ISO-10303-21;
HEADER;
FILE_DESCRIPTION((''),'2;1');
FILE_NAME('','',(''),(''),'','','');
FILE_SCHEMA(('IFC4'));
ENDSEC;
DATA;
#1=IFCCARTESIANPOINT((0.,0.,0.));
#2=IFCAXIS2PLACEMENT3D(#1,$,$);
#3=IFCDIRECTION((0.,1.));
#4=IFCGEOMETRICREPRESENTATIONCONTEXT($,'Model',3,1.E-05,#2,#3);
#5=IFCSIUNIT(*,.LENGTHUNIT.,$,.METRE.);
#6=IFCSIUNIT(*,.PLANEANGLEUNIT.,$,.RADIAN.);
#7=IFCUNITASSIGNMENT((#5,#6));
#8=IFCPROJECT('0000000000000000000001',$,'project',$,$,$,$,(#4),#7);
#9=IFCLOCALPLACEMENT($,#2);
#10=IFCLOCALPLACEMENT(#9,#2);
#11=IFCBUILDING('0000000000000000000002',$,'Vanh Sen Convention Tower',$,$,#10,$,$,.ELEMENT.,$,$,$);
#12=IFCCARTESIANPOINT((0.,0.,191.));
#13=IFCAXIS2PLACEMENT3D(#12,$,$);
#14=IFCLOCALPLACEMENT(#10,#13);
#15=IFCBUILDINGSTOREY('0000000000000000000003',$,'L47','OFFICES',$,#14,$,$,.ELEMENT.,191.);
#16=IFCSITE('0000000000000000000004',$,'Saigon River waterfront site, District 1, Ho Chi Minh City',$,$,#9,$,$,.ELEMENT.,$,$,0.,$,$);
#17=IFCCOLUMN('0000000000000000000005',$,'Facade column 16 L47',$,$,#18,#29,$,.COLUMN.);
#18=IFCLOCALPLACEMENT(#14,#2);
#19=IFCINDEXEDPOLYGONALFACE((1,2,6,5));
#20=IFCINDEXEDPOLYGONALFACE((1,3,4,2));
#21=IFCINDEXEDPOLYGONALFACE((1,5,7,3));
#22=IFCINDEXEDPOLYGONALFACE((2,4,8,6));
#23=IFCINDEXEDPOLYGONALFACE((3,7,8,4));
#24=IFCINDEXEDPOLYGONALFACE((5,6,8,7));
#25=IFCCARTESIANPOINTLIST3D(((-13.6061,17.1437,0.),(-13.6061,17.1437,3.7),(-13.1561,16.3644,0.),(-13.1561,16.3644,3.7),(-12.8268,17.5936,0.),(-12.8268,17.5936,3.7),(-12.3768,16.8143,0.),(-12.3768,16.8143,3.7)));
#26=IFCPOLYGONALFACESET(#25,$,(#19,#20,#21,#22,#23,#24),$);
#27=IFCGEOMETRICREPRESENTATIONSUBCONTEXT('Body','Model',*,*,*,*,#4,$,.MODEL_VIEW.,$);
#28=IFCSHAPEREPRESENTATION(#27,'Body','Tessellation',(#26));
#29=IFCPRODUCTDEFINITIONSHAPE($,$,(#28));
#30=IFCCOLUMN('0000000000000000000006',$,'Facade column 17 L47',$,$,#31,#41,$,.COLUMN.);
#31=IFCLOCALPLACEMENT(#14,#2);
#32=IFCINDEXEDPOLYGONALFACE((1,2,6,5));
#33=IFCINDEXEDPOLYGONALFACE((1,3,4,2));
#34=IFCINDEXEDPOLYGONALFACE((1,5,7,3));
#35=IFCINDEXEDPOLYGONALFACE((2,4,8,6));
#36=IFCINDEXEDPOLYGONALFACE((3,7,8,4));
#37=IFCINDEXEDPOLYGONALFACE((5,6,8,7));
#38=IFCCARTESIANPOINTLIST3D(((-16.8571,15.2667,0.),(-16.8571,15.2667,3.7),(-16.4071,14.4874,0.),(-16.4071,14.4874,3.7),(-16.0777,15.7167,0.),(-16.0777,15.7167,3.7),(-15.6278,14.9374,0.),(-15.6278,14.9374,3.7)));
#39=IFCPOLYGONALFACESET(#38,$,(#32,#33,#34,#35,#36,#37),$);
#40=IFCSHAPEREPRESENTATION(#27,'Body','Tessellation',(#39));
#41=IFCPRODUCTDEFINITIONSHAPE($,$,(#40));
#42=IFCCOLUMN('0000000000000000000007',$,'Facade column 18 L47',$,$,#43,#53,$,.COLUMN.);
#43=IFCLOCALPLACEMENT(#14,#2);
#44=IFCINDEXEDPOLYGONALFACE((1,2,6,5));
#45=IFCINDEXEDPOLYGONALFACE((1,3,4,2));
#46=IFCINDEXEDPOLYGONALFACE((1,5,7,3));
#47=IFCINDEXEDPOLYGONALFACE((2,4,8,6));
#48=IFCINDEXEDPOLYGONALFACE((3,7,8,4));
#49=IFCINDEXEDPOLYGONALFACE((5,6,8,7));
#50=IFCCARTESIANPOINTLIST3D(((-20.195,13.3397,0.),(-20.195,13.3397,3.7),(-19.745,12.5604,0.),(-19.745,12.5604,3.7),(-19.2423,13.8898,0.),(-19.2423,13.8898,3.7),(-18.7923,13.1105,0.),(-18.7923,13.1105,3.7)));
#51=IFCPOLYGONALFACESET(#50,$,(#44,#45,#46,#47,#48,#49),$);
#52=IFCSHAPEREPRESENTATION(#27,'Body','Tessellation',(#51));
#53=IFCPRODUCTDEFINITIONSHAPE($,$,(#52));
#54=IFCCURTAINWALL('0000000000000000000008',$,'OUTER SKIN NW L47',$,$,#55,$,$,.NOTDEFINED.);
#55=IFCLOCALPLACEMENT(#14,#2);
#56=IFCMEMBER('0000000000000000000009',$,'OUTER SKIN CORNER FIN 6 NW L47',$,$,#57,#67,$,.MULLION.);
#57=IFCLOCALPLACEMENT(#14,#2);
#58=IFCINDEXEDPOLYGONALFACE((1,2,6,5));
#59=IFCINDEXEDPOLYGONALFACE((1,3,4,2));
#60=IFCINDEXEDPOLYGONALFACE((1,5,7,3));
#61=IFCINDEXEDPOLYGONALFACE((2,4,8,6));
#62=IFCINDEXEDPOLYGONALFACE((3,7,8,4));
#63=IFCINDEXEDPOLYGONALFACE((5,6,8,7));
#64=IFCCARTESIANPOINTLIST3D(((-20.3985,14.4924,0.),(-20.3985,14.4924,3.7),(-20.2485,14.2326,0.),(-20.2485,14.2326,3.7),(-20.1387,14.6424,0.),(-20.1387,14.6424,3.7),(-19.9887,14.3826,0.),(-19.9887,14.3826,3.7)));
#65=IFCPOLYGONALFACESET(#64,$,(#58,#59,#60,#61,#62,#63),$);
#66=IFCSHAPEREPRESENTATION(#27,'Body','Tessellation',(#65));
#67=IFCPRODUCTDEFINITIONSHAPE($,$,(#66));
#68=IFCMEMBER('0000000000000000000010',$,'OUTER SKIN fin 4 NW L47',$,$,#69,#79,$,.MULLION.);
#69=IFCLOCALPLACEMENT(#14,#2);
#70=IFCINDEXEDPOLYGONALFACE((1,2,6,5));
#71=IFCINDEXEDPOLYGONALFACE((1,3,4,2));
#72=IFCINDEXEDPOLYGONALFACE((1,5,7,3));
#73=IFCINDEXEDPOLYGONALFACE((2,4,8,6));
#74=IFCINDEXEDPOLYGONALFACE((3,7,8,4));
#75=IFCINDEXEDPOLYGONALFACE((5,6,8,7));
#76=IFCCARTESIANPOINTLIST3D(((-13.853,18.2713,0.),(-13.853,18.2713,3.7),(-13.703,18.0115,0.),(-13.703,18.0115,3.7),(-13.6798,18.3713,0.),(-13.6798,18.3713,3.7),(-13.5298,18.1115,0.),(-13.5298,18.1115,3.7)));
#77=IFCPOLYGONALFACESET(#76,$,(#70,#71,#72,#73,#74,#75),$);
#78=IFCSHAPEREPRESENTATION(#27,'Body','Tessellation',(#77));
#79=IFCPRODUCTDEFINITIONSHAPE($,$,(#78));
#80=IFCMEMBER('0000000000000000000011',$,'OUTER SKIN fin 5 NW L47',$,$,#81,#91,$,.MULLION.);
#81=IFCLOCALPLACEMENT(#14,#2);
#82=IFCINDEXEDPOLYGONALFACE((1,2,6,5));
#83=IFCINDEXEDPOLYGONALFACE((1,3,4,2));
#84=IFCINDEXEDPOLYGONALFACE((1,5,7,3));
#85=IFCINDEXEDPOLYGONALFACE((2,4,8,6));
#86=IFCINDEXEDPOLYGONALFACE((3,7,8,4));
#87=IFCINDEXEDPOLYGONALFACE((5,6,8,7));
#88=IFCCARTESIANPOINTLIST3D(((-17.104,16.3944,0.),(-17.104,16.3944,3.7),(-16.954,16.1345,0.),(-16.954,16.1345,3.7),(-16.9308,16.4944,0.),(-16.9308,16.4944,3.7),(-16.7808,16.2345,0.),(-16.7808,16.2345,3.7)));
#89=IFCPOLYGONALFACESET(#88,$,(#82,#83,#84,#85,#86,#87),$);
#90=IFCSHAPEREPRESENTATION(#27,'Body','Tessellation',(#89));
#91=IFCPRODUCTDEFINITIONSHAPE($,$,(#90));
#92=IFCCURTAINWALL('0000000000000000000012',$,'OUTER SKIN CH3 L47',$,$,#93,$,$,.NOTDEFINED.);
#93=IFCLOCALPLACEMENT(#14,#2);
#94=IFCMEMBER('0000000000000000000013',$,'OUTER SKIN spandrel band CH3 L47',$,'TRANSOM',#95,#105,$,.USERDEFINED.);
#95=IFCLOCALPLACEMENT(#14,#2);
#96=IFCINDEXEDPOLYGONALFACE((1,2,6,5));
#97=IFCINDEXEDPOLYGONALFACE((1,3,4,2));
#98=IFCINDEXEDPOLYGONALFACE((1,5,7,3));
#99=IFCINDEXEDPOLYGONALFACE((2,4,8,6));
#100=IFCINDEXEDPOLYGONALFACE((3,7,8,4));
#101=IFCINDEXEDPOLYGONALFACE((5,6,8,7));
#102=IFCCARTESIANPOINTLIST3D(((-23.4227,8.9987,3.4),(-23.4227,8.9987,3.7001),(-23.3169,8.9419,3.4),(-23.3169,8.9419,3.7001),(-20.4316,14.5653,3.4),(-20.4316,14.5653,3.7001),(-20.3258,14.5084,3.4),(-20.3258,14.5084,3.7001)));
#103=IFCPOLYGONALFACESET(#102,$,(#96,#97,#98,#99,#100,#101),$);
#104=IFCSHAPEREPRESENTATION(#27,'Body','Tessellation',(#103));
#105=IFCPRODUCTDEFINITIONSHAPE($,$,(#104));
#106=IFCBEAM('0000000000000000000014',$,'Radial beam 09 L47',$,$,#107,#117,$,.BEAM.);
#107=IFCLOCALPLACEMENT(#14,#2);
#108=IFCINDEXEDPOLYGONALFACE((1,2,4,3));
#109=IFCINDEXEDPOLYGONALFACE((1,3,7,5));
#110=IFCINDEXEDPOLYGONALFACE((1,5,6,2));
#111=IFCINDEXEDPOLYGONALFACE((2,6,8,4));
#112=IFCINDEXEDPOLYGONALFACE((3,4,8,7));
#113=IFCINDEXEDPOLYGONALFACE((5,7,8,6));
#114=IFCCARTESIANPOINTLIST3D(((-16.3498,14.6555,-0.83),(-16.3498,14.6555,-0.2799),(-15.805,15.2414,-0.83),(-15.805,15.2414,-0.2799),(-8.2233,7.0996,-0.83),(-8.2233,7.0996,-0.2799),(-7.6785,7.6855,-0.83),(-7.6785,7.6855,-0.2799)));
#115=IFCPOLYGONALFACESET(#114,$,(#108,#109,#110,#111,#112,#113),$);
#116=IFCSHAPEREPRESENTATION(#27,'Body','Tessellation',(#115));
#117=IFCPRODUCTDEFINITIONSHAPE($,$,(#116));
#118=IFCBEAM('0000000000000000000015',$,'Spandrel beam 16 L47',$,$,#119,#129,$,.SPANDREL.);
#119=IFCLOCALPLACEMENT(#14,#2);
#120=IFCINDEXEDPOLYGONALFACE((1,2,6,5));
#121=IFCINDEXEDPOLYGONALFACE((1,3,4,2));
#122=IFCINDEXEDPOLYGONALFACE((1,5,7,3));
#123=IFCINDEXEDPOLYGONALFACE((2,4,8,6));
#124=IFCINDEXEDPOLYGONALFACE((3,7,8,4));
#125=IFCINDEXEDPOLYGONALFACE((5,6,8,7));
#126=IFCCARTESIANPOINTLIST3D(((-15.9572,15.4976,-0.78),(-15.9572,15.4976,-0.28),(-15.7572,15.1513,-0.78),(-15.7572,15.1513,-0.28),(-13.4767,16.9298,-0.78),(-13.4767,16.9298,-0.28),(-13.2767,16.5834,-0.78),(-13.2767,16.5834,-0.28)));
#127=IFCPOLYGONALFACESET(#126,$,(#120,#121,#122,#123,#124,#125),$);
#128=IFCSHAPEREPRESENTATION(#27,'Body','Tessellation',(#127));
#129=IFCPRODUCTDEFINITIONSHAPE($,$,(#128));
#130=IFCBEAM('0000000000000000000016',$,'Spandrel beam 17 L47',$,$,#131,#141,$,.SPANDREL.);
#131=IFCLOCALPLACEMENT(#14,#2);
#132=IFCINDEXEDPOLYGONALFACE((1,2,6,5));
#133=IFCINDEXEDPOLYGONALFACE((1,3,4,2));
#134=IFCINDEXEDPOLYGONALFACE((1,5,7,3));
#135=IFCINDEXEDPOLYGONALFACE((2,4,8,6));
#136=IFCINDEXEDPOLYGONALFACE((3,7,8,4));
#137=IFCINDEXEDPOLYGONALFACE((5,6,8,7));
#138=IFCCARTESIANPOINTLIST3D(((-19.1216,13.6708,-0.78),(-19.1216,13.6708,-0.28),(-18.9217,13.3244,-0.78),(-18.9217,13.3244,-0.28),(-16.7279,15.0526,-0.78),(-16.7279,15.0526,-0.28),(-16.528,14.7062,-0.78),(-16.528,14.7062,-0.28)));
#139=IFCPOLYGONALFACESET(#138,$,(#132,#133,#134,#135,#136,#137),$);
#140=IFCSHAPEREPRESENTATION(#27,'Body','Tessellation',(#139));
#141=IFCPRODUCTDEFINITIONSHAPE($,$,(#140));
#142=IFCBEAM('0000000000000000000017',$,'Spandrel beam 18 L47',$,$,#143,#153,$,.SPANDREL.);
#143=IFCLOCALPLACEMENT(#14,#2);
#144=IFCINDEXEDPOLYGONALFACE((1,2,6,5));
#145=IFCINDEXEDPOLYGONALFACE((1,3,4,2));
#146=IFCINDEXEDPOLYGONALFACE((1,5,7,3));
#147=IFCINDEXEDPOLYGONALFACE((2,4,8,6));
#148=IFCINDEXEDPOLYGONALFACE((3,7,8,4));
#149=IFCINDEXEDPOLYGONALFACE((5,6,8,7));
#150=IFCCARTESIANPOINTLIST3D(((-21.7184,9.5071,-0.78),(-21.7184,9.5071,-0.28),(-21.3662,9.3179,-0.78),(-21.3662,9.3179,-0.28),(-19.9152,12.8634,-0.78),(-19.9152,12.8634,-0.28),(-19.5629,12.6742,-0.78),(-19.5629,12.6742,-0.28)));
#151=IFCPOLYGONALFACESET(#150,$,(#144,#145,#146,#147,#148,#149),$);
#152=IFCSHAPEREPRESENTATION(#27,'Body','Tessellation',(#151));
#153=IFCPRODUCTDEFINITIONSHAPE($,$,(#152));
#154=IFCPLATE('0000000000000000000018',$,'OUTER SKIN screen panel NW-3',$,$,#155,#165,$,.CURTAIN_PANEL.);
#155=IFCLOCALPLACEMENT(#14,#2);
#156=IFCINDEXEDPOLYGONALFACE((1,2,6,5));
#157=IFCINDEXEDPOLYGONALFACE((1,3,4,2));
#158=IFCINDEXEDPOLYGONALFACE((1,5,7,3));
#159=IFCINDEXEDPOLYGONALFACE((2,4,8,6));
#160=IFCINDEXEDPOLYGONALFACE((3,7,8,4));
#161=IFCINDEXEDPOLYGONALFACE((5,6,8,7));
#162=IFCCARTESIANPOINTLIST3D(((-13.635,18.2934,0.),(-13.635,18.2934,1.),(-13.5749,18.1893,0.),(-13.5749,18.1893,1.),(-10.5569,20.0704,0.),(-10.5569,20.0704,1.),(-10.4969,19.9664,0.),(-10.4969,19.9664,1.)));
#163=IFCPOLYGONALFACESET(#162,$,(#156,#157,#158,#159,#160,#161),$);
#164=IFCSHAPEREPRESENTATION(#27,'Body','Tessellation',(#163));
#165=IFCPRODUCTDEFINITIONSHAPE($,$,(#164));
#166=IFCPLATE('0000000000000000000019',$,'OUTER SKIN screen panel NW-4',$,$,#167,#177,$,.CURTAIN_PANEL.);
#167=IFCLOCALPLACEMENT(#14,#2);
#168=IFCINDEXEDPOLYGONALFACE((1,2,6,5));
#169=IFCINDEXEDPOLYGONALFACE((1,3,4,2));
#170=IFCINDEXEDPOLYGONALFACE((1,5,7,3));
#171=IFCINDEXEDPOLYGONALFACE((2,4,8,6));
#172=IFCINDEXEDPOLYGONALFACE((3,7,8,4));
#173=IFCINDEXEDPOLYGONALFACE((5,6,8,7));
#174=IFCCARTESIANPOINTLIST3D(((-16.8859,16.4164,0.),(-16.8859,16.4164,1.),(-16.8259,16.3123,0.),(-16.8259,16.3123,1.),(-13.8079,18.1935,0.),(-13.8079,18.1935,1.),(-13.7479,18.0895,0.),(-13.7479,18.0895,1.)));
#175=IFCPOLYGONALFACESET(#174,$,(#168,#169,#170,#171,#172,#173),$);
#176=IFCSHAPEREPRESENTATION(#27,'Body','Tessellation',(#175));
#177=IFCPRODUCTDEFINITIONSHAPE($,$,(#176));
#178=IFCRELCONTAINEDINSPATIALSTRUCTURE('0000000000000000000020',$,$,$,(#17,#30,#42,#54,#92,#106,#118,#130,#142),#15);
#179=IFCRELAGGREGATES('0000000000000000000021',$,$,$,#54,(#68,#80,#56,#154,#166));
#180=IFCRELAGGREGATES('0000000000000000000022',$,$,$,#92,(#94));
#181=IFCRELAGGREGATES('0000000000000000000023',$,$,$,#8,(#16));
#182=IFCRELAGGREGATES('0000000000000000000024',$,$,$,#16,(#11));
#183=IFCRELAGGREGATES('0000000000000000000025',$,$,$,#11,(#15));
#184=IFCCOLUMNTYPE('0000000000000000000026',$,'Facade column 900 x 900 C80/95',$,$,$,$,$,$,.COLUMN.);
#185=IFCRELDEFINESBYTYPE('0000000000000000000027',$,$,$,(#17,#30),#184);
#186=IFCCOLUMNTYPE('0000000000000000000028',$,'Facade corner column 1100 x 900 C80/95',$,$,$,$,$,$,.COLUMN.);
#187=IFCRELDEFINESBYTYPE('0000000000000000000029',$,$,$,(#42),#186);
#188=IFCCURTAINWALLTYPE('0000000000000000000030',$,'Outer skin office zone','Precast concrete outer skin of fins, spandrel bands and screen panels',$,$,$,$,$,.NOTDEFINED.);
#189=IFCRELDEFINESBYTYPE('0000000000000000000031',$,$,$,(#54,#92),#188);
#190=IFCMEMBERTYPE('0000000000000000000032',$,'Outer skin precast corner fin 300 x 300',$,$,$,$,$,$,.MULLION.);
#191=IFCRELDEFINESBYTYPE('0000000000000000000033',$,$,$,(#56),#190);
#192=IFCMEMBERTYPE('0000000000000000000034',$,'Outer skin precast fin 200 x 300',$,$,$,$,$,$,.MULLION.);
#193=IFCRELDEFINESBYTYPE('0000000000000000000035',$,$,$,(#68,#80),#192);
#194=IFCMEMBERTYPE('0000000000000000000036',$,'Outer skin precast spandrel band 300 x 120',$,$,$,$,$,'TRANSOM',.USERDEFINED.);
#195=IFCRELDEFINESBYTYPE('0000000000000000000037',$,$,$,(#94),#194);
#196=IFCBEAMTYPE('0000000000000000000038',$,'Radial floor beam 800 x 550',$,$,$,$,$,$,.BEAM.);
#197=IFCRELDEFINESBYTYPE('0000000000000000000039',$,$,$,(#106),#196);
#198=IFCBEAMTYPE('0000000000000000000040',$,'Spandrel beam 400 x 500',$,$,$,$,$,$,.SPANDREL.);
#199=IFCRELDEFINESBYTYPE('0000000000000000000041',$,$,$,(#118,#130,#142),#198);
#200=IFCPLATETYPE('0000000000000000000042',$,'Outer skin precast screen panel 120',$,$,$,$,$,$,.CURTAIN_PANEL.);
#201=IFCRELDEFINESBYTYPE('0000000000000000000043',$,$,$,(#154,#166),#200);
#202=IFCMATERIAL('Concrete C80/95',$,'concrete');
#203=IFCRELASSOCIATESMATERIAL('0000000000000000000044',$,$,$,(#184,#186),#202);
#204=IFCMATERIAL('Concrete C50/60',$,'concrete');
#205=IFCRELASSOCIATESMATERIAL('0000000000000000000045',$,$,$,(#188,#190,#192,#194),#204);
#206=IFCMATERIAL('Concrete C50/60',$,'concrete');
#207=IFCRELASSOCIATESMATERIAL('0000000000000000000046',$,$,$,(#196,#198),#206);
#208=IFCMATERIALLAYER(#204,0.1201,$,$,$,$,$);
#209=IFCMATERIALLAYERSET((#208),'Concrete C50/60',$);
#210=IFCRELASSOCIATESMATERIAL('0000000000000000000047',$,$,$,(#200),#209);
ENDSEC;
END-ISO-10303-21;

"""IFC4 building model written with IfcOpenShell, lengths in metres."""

from ifc_helpers import new_model, si_unit, direction, frame, origin, origin_2d, place, context, subcontext, project, spatial, rectangle, extrude, material, layer, layer_set, material_profile, profile_set, type_object, element, aggregate, save


model = new_model("IFC4")

# Units and contexts
model_context = context("Model", 3, precision=1e-05, world=origin(), true_north=direction((0.0, 1.0)))
body_context = subcontext(model_context, "Body", "Model", "MODEL_VIEW")
ifc_project = project(units=[si_unit("LENGTHUNIT", "METRE"), si_unit("PLANEANGLEUNIT", "RADIAN")], contexts=[model_context])

# Site, building, storey
site_placement = place(None, origin())
site = spatial("IfcSite", under=ifc_project, at=site_placement, Name="Saigon River waterfront site, District 1, Ho Chi Minh City", CompositionType="ELEMENT", RefElevation=0.0)
building_placement = place(site_placement, origin())
building = spatial("IfcBuilding", under=site, at=building_placement, Name="Vanh Sen Convention Tower", CompositionType="ELEMENT")
storey_placement = place(building_placement, frame((0.0, 0.0, 191.0)))
storey = spatial("IfcBuildingStorey", under=building, at=storey_placement, Name="L47", Description="OFFICES", CompositionType="ELEMENT", Elevation=191.0)

# Columns
ifc_material_1 = material(Name="Concrete C80/95", Category="concrete")
ifc_material_profile_1 = material_profile(ifc_material_1, rectangle(XDim=0.8999, YDim=0.8999, at=origin_2d()), Name="RC 900X900")
ifc_profile_set_1 = profile_set([ifc_material_profile_1], Name="Concrete C80/95")
column_type_1 = type_object("IfcColumnType", Name="Facade column 900 x 900 C80/95", PredefinedType="COLUMN", material=ifc_profile_set_1)
for number, where, z_axis, x_axis, name in (
    (1, (-12.9915, 16.979, 0.0), (0.0, 0.0, 1.0), (-0.866025, -0.5, 0.0), "Facade column 16 L47"),
    (2, (-16.2424, 15.1021, 0.0), (0.0, 0.0, 1.0), (-0.866025, -0.5, 0.0), "Facade column 17 L47"),
):
    element("IfcColumn", number, at=place(storey_placement, frame(where, z_axis=z_axis, x_axis=x_axis)), inside=storey, type_object=column_type_1, Name=name, PredefinedType="COLUMN", context=body_context, shape_type="SweptSolid", body=[
        extrude(rectangle(XDim=0.8999, YDim=0.8999, at=origin_2d()), origin(), (0.0, 0.0, 1.0), 3.7),
    ])
ifc_material_profile_2 = material_profile(ifc_material_1, rectangle(XDim=1.1001, YDim=0.8999, at=origin_2d()), Name="RC 1100X900")
ifc_profile_set_2 = profile_set([ifc_material_profile_2], Name="Concrete C80/95")
column_type_2 = type_object("IfcColumnType", Name="Facade corner column 1100 x 900 C80/95", PredefinedType="COLUMN", material=ifc_profile_set_2)
column_placement = place(storey_placement, frame((-19.4937, 13.2251, 0.0), z_axis=(0.0, 0.0, 1.0), x_axis=(-0.866025, -0.5, 0.0)))
element("IfcColumn", 3, at=column_placement, inside=storey, type_object=column_type_2, Name="Facade column 18 L47", PredefinedType="COLUMN", context=body_context, shape_type="SweptSolid", body=[
    extrude(rectangle(XDim=1.1001, YDim=0.8999, at=origin_2d()), origin(), (0.0, 0.0, 1.0), 3.7),
])

# Curtain wall, members
ifc_material_2 = material(Name="Concrete C50/60", Category="concrete")
curtain_wall_type = type_object("IfcCurtainWallType", Name="Outer skin office zone", Description="Precast concrete outer skin of fins, spandrel bands and screen panels", PredefinedType="NOTDEFINED", material=ifc_material_2)
curtain_wall_1_placement = place(storey_placement, origin())
curtain_wall_1 = element("IfcCurtainWall", 4, at=curtain_wall_1_placement, inside=storey, type_object=curtain_wall_type, Name="OUTER SKIN NW L47", PredefinedType="NOTDEFINED")
ifc_material_profile_3 = material_profile(ifc_material_2, rectangle(XDim=0.3, YDim=0.3, at=origin_2d()), Name="Outer skin precast corner fin 300 x 300")
ifc_profile_set_3 = profile_set([ifc_material_profile_3], Name="Concrete C50/60")
member_type_1 = type_object("IfcMemberType", Name="Outer skin precast corner fin 300 x 300", PredefinedType="MULLION", material=ifc_profile_set_3)
member_1_placement = place(storey_placement, frame((-20.1936, 14.4375, 0.0), z_axis=(0.0, 0.0, 1.0), x_axis=(-0.866025, -0.5, 0.0)))
member_1 = element("IfcMember", 5, at=member_1_placement, type_object=member_type_1, Name="OUTER SKIN CORNER FIN 6 NW L47", PredefinedType="MULLION", context=body_context, shape_type="SweptSolid", body=[
    extrude(rectangle(XDim=0.3, YDim=0.3, at=origin_2d()), origin(), (0.0, 0.0, 1.0), 3.7),
])
ifc_material_profile_4 = material_profile(ifc_material_2, rectangle(XDim=0.2, YDim=0.3, at=origin_2d()), Name="Outer skin precast fin 200 x 300")
ifc_profile_set_4 = profile_set([ifc_material_profile_4], Name="Concrete C50/60")
member_type_2 = type_object("IfcMemberType", Name="Outer skin precast fin 200 x 300", PredefinedType="MULLION", material=ifc_profile_set_4)
member_2_placement = place(storey_placement, frame((-13.6914, 18.1914, 0.0), z_axis=(0.0, 0.0, 1.0), x_axis=(-0.866025, -0.5, 0.0)))
member_2 = element("IfcMember", 6, at=member_2_placement, type_object=member_type_2, Name="OUTER SKIN fin 4 NW L47", PredefinedType="MULLION", context=body_context, shape_type="SweptSolid", body=[
    extrude(rectangle(XDim=0.2, YDim=0.3, at=origin_2d()), origin(), (0.0, 0.0, 1.0), 3.7),
])
member_3_placement = place(storey_placement, frame((-16.9424, 16.3145, 0.0), z_axis=(0.0, 0.0, 1.0), x_axis=(-0.866025, -0.5, 0.0)))
member_3 = element("IfcMember", 7, at=member_3_placement, type_object=member_type_2, Name="OUTER SKIN fin 5 NW L47", PredefinedType="MULLION", context=body_context, shape_type="SweptSolid", body=[
    extrude(rectangle(XDim=0.2, YDim=0.3, at=origin_2d()), origin(), (0.0, 0.0, 1.0), 3.7),
])

# Curtain wall, member
curtain_wall_2_placement = place(storey_placement, origin())
curtain_wall_2 = element("IfcCurtainWall", 8, at=curtain_wall_2_placement, inside=storey, type_object=curtain_wall_type, Name="OUTER SKIN CH3 L47", PredefinedType="NOTDEFINED")
ifc_material_profile_5 = material_profile(ifc_material_2, rectangle(XDim=0.1201, YDim=0.3, at=origin_2d()), Name="Outer skin precast spandrel band 300 x 120")
ifc_profile_set_5 = profile_set([ifc_material_profile_5], Name="Concrete C50/60")
member_type_3 = type_object("IfcMemberType", Name="Outer skin precast spandrel band 300 x 120", ElementType="TRANSOM", PredefinedType="USERDEFINED", material=ifc_profile_set_5)
member_4_placement = place(storey_placement, frame((-20.3787, 14.5369, 3.55), z_axis=(-0.473337, -0.880881, 0.0), x_axis=(0.880881, -0.473337, 0.0)))
member_4 = element("IfcMember", 9, at=member_4_placement, type_object=member_type_3, Name="OUTER SKIN spandrel band CH3 L47", ObjectType="TRANSOM", PredefinedType="USERDEFINED", context=body_context, shape_type="SweptSolid", body=[
    extrude(rectangle(XDim=0.1201, YDim=0.3, at=origin_2d()), origin(), (0.0, 0.0, 1.0), 6.3193),
])

# Beams
ifc_material_3 = material(Name="Concrete C50/60", Category="concrete")
ifc_material_profile_6 = material_profile(ifc_material_3, rectangle(XDim=0.8, YDim=0.55, at=origin_2d()), Name="RC 800X550")
ifc_profile_set_6 = profile_set([ifc_material_profile_6], Name="Concrete C50/60")
beam_type_1 = type_object("IfcBeamType", Name="Radial floor beam 800 x 550", PredefinedType="BEAM", material=ifc_profile_set_6)
beam_1_placement = place(storey_placement, frame((-16.0774, 14.9485, -0.5549), z_axis=(0.732348, -0.68093, 0.0), x_axis=(0.68093, 0.732348, 0.0)))
element("IfcBeam", 10, at=beam_1_placement, inside=storey, type_object=beam_type_1, Name="Radial beam 09 L47", PredefinedType="BEAM", context=body_context, shape_type="SweptSolid", body=[
    extrude(rectangle(XDim=0.8, YDim=0.55, at=origin_2d()), origin(), (0.0, 0.0, 1.0), 11.0964),
])
ifc_material_profile_7 = material_profile(ifc_material_3, rectangle(XDim=0.3999, YDim=0.5, at=origin_2d()), Name="RC 400X500")
ifc_profile_set_7 = profile_set([ifc_material_profile_7], Name="Concrete C50/60")
beam_type_2 = type_object("IfcBeamType", Name="Spandrel beam 400 x 500", PredefinedType="SPANDREL", material=ifc_profile_set_7)
beam_2_placement = place(storey_placement, frame((-13.3767, 16.7566, -0.53), z_axis=(-0.866021, -0.500008, 0.0), x_axis=(0.500008, -0.866021, 0.0)))
element("IfcBeam", 11, at=beam_2_placement, inside=storey, type_object=beam_type_2, Name="Spandrel beam 16 L47", PredefinedType="SPANDREL", context=body_context, shape_type="SweptSolid", body=[
    extrude(rectangle(XDim=0.3999, YDim=0.5, at=origin_2d()), origin(), (0.0, 0.0, 1.0), 2.8643),
])
beam_3_placement = place(storey_placement, frame((-16.6279, 14.8794, -0.53), z_axis=(-0.866061, -0.499939, 0.0), x_axis=(0.499939, -0.866061, 0.0)))
element("IfcBeam", 12, at=beam_3_placement, inside=storey, type_object=beam_type_2, Name="Spandrel beam 17 L47", PredefinedType="SPANDREL", context=body_context, shape_type="SweptSolid", body=[
    extrude(rectangle(XDim=0.3999, YDim=0.5, at=origin_2d()), origin(), (0.0, 0.0, 1.0), 2.7639),
])
beam_4_placement = place(storey_placement, frame((-19.739, 12.7688, -0.53), z_axis=(-0.473293, -0.880905, 0.0), x_axis=(0.880905, -0.473293, 0.0)))
element("IfcBeam", 13, at=beam_4_placement, inside=storey, type_object=beam_type_2, Name="Spandrel beam 18 L47", PredefinedType="SPANDREL", context=body_context, shape_type="SweptSolid", body=[
    extrude(rectangle(XDim=0.3999, YDim=0.5, at=origin_2d()), origin(), (0.0, 0.0, 1.0), 3.8101),
])

# Plates
ifc_layer_1 = layer(ifc_material_2, 0.1201)
ifc_layer_set_1 = layer_set([ifc_layer_1], Name="Concrete C50/60")
plate_type = type_object("IfcPlateType", Name="Outer skin precast screen panel 120", PredefinedType="CURTAIN_PANEL", material=ifc_layer_set_1)
plate_1_placement = place(storey_placement, frame((-12.0659, 19.1299, 0.0), z_axis=(0.0, 0.0, 1.0), x_axis=(-0.866035, -0.499983, 0.0)))
plate_1 = element("IfcPlate", 14, at=plate_1_placement, type_object=plate_type, Name="OUTER SKIN screen panel NW-3", PredefinedType="CURTAIN_PANEL", context=body_context, shape_type="SweptSolid", body=[
    extrude(rectangle(XDim=3.5542, YDim=0.1201, at=origin_2d()), origin(), (0.0, 0.0, 1.0), 1.0),
])
plate_2_placement = place(storey_placement, frame((-15.3169, 17.2529, 0.0), z_axis=(0.0, 0.0, 1.0), x_axis=(-0.866017, -0.500015, 0.0)))
plate_2 = element("IfcPlate", 15, at=plate_2_placement, type_object=plate_type, Name="OUTER SKIN screen panel NW-4", PredefinedType="CURTAIN_PANEL", context=body_context, shape_type="SweptSolid", body=[
    extrude(rectangle(XDim=3.5542, YDim=0.1201, at=origin_2d()), origin(), (0.0, 0.0, 1.0), 1.0),
])
aggregate(curtain_wall_1, [member_2, member_3, member_1, plate_1, plate_2])
aggregate(curtain_wall_2, [member_4])

save(model, "model.ifc")
